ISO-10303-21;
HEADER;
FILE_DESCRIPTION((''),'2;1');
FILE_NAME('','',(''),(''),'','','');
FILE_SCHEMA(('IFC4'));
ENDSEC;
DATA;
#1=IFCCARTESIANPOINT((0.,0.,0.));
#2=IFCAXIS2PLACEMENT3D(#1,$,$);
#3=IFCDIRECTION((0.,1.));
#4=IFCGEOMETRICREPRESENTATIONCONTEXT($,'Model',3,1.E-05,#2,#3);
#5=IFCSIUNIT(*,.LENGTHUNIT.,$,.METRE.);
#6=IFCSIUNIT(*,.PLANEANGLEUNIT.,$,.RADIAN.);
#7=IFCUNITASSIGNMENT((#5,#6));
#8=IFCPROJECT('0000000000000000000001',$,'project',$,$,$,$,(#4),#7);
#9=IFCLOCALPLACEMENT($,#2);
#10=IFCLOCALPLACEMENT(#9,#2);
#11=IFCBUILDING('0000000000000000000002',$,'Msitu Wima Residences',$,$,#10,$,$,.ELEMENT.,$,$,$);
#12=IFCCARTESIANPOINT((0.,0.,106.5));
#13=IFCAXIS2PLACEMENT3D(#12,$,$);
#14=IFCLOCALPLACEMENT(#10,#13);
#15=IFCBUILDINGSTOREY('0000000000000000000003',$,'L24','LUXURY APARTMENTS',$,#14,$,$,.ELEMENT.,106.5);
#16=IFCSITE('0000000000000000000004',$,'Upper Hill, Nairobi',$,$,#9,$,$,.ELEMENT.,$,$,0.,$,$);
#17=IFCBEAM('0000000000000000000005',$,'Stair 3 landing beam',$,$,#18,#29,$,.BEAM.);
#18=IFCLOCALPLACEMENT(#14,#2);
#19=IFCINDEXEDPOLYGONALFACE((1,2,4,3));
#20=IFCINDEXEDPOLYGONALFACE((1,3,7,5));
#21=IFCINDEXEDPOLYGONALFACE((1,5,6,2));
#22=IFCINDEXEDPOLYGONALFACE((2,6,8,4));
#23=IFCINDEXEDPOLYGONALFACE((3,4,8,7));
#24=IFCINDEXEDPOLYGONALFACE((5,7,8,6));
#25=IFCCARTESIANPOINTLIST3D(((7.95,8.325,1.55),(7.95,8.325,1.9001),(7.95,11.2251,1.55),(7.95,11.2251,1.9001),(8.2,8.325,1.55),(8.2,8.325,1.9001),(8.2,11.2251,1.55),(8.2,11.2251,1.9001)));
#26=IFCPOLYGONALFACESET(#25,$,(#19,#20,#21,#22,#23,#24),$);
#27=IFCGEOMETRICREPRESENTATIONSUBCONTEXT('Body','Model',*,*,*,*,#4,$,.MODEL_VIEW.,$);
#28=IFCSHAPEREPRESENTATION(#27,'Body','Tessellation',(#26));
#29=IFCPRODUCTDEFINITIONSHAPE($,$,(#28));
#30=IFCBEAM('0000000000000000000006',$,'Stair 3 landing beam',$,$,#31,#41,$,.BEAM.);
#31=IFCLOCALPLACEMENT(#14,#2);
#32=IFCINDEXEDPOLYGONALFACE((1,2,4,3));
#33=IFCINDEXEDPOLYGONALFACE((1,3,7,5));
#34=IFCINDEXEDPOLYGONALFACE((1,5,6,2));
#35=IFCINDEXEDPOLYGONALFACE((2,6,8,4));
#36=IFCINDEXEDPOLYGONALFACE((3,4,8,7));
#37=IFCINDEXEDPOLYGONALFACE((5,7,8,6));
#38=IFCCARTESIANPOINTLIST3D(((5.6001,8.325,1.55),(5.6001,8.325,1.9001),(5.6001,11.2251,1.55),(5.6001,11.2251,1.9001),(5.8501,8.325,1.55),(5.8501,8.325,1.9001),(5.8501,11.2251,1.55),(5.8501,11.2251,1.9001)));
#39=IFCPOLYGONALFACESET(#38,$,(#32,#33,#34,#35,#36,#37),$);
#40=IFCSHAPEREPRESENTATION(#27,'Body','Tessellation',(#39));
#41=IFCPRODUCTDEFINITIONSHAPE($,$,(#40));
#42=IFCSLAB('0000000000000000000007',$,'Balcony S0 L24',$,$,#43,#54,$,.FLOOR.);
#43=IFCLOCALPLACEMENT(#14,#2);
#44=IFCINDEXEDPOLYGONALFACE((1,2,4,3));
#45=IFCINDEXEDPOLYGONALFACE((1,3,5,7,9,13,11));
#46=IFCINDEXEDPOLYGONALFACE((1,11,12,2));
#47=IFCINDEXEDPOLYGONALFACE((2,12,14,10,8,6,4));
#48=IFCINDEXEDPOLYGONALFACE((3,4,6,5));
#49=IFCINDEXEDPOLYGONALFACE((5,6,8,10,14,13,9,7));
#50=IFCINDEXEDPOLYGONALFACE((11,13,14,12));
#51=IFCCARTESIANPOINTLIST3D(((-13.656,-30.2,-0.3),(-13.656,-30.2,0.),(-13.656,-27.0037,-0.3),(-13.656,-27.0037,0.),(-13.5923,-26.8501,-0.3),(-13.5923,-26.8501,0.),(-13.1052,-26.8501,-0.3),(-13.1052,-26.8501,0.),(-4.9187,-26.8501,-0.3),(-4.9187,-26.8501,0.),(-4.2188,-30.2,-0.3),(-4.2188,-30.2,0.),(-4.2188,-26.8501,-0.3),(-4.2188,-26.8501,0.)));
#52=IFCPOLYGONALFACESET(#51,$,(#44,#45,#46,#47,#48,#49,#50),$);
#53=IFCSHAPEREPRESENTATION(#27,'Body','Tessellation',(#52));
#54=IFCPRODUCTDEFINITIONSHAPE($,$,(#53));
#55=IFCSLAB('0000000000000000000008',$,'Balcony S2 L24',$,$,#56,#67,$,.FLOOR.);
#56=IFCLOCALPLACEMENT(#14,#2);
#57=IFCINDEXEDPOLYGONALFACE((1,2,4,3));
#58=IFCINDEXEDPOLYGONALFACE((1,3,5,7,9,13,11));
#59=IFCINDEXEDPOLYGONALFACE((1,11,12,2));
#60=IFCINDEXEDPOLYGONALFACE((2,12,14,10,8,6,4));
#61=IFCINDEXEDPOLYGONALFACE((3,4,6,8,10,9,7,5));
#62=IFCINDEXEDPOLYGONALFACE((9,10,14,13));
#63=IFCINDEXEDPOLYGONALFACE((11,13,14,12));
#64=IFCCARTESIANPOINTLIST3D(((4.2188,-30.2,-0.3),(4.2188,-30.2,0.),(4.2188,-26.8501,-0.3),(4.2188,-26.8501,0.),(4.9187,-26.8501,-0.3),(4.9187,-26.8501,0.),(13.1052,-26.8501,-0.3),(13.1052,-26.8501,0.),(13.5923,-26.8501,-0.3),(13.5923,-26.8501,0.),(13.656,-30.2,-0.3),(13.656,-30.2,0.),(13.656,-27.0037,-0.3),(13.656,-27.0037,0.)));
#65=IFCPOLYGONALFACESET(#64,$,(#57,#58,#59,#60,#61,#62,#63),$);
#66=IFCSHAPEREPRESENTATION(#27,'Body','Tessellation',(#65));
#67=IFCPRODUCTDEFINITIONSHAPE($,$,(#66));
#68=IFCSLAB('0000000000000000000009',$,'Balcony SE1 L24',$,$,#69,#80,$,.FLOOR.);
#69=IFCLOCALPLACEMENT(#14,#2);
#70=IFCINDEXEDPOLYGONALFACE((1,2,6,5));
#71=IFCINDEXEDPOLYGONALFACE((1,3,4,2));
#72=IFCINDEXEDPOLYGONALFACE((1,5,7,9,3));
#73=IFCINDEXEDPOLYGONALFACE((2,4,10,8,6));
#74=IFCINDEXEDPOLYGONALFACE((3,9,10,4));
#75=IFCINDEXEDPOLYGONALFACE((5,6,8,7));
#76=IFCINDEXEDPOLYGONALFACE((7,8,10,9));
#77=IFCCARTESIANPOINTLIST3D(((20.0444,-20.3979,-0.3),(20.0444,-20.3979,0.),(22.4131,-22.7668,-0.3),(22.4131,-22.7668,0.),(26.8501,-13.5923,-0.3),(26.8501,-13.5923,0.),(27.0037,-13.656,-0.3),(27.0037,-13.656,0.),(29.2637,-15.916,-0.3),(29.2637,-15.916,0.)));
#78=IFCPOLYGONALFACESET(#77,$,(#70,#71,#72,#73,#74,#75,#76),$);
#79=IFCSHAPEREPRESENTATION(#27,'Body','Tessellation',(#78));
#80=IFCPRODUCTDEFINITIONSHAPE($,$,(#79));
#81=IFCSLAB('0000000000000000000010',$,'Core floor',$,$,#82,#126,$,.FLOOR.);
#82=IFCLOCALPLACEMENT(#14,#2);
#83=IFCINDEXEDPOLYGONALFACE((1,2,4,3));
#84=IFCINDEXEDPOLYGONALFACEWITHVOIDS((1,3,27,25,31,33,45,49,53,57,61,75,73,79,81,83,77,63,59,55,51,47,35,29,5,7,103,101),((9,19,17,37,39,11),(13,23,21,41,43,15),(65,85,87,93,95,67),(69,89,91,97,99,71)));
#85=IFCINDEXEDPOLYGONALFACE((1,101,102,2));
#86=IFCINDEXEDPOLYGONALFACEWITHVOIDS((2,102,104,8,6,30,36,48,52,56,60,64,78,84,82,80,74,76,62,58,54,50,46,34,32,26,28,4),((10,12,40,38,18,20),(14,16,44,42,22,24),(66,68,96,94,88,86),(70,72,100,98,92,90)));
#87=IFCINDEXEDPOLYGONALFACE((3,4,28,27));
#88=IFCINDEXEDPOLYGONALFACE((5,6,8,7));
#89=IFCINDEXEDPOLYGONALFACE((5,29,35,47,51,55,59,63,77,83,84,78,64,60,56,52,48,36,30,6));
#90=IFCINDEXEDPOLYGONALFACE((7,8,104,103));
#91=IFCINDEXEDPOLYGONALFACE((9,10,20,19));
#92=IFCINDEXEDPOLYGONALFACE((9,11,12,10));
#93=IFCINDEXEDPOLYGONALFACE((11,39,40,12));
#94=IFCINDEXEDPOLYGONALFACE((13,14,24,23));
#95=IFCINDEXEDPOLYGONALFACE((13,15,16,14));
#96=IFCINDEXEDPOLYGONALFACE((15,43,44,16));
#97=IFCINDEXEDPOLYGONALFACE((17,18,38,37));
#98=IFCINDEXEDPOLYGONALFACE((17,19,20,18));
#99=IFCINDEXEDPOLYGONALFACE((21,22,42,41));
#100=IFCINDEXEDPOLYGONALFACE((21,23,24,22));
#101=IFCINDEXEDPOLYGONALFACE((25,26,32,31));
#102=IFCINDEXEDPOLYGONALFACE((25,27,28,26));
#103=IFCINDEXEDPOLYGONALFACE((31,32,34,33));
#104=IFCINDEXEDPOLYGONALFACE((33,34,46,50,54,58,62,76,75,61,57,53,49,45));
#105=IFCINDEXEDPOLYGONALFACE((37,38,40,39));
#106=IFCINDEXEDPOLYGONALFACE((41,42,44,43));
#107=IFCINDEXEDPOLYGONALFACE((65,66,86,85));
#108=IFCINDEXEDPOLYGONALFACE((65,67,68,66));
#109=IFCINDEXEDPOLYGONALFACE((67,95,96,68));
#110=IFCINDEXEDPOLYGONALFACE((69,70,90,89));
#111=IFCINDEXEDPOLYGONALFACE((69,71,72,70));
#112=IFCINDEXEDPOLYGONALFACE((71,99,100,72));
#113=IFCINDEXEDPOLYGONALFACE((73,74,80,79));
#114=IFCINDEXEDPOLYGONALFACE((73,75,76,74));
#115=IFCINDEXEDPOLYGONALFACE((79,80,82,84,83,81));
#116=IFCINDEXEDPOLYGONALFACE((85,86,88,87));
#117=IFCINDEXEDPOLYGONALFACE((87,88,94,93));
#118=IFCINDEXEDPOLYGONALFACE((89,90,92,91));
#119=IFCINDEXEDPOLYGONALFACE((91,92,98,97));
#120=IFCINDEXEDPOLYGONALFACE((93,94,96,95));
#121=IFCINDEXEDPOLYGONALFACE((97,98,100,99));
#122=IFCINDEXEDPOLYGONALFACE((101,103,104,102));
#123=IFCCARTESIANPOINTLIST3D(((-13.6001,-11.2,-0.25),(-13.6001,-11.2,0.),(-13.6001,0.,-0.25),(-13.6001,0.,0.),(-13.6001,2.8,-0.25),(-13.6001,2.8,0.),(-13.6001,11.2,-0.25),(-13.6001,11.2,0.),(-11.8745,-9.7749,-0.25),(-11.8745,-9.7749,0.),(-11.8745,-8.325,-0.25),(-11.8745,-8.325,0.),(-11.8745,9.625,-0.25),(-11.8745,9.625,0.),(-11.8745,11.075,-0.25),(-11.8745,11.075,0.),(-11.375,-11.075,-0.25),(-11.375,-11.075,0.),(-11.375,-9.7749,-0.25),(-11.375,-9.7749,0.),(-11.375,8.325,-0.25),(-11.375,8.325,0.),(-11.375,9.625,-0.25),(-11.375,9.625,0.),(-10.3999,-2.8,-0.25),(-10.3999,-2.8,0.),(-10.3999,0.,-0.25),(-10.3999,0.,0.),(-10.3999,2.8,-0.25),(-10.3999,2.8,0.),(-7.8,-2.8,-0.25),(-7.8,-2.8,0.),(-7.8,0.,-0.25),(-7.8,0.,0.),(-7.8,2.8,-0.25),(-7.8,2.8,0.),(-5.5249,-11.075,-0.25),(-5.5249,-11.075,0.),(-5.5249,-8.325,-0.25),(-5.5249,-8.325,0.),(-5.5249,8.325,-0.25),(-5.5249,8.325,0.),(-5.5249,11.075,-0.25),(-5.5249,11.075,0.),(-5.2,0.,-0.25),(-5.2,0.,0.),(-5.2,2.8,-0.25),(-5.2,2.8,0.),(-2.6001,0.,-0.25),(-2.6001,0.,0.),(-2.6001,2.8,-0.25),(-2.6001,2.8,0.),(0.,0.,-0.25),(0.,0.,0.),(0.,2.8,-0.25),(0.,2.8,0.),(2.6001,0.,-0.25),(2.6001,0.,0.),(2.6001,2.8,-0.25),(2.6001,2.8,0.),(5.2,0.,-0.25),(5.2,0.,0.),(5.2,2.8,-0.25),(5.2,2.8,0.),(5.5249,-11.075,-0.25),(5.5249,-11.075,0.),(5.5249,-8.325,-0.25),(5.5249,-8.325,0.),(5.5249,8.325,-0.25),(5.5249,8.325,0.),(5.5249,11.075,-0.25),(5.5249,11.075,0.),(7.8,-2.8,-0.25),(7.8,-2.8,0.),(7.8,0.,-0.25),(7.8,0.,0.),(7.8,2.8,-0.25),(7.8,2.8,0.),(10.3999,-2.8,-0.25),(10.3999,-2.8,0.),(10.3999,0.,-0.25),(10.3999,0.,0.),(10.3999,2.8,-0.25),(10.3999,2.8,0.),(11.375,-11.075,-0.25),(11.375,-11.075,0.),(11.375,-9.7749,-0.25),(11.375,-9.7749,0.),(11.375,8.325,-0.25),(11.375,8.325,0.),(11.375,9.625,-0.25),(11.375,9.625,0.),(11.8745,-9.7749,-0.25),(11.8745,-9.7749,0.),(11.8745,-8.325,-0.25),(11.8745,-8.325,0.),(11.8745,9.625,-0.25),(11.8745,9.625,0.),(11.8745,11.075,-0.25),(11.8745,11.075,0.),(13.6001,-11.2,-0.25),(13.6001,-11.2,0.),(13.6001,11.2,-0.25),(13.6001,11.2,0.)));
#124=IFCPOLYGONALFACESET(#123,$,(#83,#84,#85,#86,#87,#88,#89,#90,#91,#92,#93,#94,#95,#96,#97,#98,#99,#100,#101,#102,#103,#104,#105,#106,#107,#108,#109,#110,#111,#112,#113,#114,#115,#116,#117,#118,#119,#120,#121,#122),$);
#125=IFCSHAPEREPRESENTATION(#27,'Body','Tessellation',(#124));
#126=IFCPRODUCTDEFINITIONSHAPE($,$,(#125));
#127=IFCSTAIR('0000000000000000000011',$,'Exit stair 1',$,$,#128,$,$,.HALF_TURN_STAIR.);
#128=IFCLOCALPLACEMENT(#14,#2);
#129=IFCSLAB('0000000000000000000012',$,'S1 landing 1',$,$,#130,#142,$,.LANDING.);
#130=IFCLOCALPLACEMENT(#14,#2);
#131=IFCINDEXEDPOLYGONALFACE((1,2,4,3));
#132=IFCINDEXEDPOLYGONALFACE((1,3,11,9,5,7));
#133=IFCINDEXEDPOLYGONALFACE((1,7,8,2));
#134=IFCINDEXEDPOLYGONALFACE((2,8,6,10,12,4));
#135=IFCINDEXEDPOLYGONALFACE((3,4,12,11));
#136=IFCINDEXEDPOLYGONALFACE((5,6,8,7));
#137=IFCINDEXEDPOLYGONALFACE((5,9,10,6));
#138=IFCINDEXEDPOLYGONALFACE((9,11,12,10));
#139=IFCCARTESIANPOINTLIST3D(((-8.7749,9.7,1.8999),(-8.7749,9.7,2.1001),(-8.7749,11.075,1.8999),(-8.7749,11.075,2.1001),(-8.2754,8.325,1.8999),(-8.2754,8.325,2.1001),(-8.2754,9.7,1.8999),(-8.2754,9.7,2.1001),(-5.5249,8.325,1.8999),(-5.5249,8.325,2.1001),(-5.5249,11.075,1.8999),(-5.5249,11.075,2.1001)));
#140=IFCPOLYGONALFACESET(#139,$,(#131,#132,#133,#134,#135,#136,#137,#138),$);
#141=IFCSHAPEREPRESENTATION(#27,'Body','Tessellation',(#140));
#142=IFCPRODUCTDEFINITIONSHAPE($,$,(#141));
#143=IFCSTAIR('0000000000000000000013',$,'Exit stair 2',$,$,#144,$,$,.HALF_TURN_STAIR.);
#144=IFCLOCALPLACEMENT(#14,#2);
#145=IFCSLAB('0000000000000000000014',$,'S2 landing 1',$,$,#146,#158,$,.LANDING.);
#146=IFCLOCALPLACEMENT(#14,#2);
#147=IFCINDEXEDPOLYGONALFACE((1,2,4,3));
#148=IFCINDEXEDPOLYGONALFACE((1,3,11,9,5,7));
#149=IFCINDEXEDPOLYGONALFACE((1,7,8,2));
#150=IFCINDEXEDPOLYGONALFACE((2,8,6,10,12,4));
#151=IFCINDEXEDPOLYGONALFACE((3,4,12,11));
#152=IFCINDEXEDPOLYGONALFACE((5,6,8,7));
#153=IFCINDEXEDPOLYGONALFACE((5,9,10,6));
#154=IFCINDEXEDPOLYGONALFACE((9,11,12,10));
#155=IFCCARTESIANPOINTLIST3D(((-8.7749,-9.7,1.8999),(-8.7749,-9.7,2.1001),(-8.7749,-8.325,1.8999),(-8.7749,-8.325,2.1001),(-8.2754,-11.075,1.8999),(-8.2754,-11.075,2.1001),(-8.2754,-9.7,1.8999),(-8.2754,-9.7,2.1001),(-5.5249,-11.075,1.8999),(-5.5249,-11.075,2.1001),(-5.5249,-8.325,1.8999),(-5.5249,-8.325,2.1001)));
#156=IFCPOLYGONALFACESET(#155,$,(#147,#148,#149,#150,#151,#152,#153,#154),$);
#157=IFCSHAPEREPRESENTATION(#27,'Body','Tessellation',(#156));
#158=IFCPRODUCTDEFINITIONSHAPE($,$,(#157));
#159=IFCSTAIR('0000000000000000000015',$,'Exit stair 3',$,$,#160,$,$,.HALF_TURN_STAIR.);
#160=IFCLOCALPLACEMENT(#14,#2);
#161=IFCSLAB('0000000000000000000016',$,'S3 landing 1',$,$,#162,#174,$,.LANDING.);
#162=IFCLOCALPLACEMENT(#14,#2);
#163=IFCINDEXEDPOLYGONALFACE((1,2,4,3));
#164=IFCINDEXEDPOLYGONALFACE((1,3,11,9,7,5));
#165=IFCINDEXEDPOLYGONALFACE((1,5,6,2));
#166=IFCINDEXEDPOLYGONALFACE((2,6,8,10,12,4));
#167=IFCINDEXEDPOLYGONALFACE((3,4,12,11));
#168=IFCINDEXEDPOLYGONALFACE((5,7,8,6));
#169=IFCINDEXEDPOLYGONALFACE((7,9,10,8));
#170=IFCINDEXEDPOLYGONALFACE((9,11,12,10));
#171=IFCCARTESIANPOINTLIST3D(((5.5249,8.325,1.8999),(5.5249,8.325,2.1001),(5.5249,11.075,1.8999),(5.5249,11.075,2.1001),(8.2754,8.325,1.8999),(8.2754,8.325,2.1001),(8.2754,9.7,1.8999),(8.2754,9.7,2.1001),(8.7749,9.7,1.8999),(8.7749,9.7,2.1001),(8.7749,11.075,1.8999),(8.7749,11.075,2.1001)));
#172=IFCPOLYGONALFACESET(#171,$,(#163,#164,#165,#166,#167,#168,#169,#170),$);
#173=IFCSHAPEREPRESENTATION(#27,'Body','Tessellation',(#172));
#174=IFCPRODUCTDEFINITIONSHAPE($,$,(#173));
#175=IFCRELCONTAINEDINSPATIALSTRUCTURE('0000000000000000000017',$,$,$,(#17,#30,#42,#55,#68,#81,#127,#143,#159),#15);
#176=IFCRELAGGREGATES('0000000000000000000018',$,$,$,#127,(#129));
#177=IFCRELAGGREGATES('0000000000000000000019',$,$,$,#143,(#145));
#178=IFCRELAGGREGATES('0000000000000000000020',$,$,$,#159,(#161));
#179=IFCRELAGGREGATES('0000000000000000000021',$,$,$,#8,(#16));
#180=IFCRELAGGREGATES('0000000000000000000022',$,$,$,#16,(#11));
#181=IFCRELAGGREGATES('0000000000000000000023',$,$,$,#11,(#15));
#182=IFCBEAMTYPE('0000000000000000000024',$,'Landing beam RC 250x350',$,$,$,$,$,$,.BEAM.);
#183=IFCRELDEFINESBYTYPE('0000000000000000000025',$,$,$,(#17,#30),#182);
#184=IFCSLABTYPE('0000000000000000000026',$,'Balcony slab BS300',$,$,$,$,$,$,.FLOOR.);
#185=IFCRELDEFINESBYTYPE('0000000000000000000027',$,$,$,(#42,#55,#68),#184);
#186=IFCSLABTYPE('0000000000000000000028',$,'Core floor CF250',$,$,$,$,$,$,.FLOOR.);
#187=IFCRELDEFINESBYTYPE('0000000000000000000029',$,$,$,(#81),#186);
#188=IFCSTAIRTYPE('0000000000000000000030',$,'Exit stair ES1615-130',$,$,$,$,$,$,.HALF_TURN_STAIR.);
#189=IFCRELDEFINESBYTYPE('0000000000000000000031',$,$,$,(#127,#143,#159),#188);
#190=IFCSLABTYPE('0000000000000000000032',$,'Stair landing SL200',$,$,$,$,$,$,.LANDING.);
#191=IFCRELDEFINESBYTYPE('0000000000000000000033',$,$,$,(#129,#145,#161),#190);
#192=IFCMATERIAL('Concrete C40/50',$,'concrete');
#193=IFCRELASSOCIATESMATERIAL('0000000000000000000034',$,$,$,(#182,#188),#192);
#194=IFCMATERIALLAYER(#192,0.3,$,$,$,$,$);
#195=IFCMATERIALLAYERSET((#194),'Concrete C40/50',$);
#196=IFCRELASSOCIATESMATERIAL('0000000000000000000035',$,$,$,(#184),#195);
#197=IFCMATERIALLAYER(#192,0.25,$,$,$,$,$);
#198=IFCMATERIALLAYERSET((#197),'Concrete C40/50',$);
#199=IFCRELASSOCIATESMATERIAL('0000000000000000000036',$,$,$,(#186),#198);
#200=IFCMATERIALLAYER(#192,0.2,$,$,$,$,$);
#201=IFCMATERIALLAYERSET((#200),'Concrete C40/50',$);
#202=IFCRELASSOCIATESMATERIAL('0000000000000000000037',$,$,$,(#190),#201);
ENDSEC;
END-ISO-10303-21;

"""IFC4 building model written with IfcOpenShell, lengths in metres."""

from ifc_helpers import new_model, si_unit, direction, frame, origin, origin_2d, place, context, subcontext, project, spatial, polyline, rectangle, outline, extrude, material, layer, layer_set, material_profile, profile_set, type_object, element, aggregate, save


model = new_model("IFC4")

# Units and contexts
model_context = context("Model", 3, precision=1e-05, world=origin(), true_north=direction((0.0, 1.0)))
body_context = subcontext(model_context, "Body", "Model", "MODEL_VIEW")
ifc_project = project(units=[si_unit("LENGTHUNIT", "METRE"), si_unit("PLANEANGLEUNIT", "RADIAN")], contexts=[model_context])

# Site, building, storey
site_placement = place(None, origin())
site = spatial("IfcSite", under=ifc_project, at=site_placement, Name="Upper Hill, Nairobi", CompositionType="ELEMENT", RefElevation=0.0)
building_placement = place(site_placement, origin())
building = spatial("IfcBuilding", under=site, at=building_placement, Name="Msitu Wima Residences", CompositionType="ELEMENT")
storey_placement = place(building_placement, frame((0.0, 0.0, 106.5)))
storey = spatial("IfcBuildingStorey", under=building, at=storey_placement, Name="L24", Description="LUXURY APARTMENTS", CompositionType="ELEMENT", Elevation=106.5)

# Beams
ifc_material_1 = material(Name="Concrete C40/50", Category="concrete")
ifc_material_profile = material_profile(ifc_material_1, rectangle(XDim=0.25, YDim=0.3501, at=origin_2d()), Name="RC 250x350")
ifc_profile_set = profile_set([ifc_material_profile], Name="Concrete C40/50")
beam_type = type_object("IfcBeamType", Name="Landing beam RC 250x350", PredefinedType="BEAM", material=ifc_profile_set)
for number, where, z_axis, x_axis, name in (
    (1, (8.075, 8.325, 1.7251), (0.0, 1.0, 0.0), (-1.0, 0.0, 0.0), "Stair 3 landing beam"),
    (2, (5.7251, 8.325, 1.7251), (0.0, 1.0, 0.0), (-1.0, 0.0, 0.0), "Stair 3 landing beam"),
):
    element("IfcBeam", number, at=place(storey_placement, frame(where, z_axis=z_axis, x_axis=x_axis)), inside=storey, type_object=beam_type, Name=name, PredefinedType="BEAM", context=body_context, shape_type="SweptSolid", body=[
        extrude(rectangle(XDim=0.25, YDim=0.3501, at=origin_2d()), origin(), (0.0, 0.0, 1.0), 2.9001),
    ])

# Slabs
ifc_layer_1 = layer(ifc_material_1, 0.3)
ifc_layer_set_1 = layer_set([ifc_layer_1], Name="Concrete C40/50")
slab_type_1 = type_object("IfcSlabType", Name="Balcony slab BS300", PredefinedType="FLOOR", material=ifc_layer_set_1)
slab_1_placement = place(storey_placement, frame((0.0, 0.0, -0.3)))
element("IfcSlab", 3, at=slab_1_placement, inside=storey, type_object=slab_type_1, Name="Balcony S0 L24", PredefinedType="FLOOR", context=body_context, shape_type="SweptSolid", body=[
    extrude(outline(polyline([(-13.1052, -26.8501), (-13.1052, -26.8501), (-4.9187, -26.8501), (-4.9187, -26.8501), (-4.2188, -26.8501), (-4.2188, -30.2), (-13.656, -30.2), (-13.656, -27.0037), (-13.5923, -26.8501), (-13.1052, -26.8501), (-13.1052, -26.8501)])), origin(), (0.0, 0.0, 1.0), 0.3),
])
slab_2_placement = place(storey_placement, frame((0.0, 0.0, -0.3)))
element("IfcSlab", 4, at=slab_2_placement, inside=storey, type_object=slab_type_1, Name="Balcony S2 L24", PredefinedType="FLOOR", context=body_context, shape_type="SweptSolid", body=[
    extrude(outline(polyline([(13.1052, -26.8501), (13.1052, -26.8501), (13.5923, -26.8501), (13.656, -27.0037), (13.656, -30.2), (4.2188, -30.2), (4.2188, -26.8501), (4.9187, -26.8501), (4.9187, -26.8501), (13.1052, -26.8501), (13.1052, -26.8501)])), origin(), (0.0, 0.0, 1.0), 0.3),
])
slab_3_placement = place(storey_placement, frame((0.0, 0.0, -0.3)))
element("IfcSlab", 5, at=slab_3_placement, inside=storey, type_object=slab_type_1, Name="Balcony SE1 L24", PredefinedType="FLOOR", context=body_context, shape_type="SweptSolid", body=[
    extrude(outline(polyline([(29.2637, -15.916), (22.4131, -22.7668), (20.0444, -20.3979), (26.8501, -13.5923), (27.0037, -13.656), (29.2637, -15.916)])), origin(), (0.0, 0.0, 1.0), 0.3),
])
ifc_layer_2 = layer(ifc_material_1, 0.25)
ifc_layer_set_2 = layer_set([ifc_layer_2], Name="Concrete C40/50")
slab_type_2 = type_object("IfcSlabType", Name="Core floor CF250", PredefinedType="FLOOR", material=ifc_layer_set_2)
slab_4_placement = place(storey_placement, frame((0.0, 0.0, -0.25)))
element("IfcSlab", 6, at=slab_4_placement, inside=storey, type_object=slab_type_2, Name="Core floor", PredefinedType="FLOOR", context=body_context, shape_type="SweptSolid", body=[
    extrude(outline(polyline([(-13.6001, 11.2), (-13.6001, 2.8), (-10.3999, 2.8), (-7.8, 2.8), (-5.2, 2.8), (-2.6001, 2.8), (0.0, 2.8), (2.6001, 2.8), (5.2, 2.8), (7.8, 2.8), (10.3999, 2.8), (10.3999, 0.0), (10.3999, -2.8), (7.8, -2.8), (7.8, 0.0), (5.2, 0.0), (2.6001, 0.0), (0.0, 0.0), (-2.6001, 0.0), (-5.2, 0.0), (-7.8, 0.0), (-7.8, -2.8), (-10.3999, -2.8), (-10.3999, 0.0), (-13.6001, 0.0), (-13.6001, -11.2), (13.6001, -11.2), (13.6001, 11.2), (-13.6001, 11.2)]), holes=[polyline([(-11.375, -11.075), (-11.375, -9.7749), (-11.8745, -9.7749), (-11.8745, -8.325), (-5.5249, -8.325), (-5.5249, -11.075), (-11.375, -11.075)]), polyline([(-11.375, 9.625), (-11.8745, 9.625), (-11.8745, 11.075), (-5.5249, 11.075), (-5.5249, 8.325), (-11.375, 8.325), (-11.375, 9.625)]), polyline([(11.375, -9.7749), (11.375, -11.075), (5.5249, -11.075), (5.5249, -8.325), (11.8745, -8.325), (11.8745, -9.7749), (11.375, -9.7749)]), polyline([(11.375, 9.625), (11.375, 8.325), (5.5249, 8.325), (5.5249, 11.075), (11.8745, 11.075), (11.8745, 9.625), (11.375, 9.625)])]), origin(), (0.0, 0.0, 1.0), 0.25),
])

# Stairs, slabs
stair_type = type_object("IfcStairType", Name="Exit stair ES1615-130", PredefinedType="HALF_TURN_STAIR", material=ifc_material_1)
stair_1_placement = place(storey_placement, origin())
stair_1 = element("IfcStair", 7, at=stair_1_placement, inside=storey, type_object=stair_type, Name="Exit stair 1", PredefinedType="HALF_TURN_STAIR")
ifc_layer_3 = layer(ifc_material_1, 0.2)
ifc_layer_set_3 = layer_set([ifc_layer_3], Name="Concrete C40/50")
slab_type_3 = type_object("IfcSlabType", Name="Stair landing SL200", PredefinedType="LANDING", material=ifc_layer_set_3)
slab_5_placement = place(storey_placement, frame((0.0, 0.0, 1.8999)))
slab_5 = element("IfcSlab", 8, at=slab_5_placement, type_object=slab_type_3, Name="S1 landing 1", PredefinedType="LANDING", context=body_context, shape_type="SweptSolid", body=[
    extrude(outline(polyline([(-5.5249, 8.325), (-8.2754, 8.325), (-8.2754, 9.7), (-8.7749, 9.7), (-8.7749, 11.075), (-5.5249, 11.075), (-5.5249, 8.325)])), origin(), (0.0, 0.0, 1.0), 0.2002),
])
aggregate(stair_1, [slab_5])
stair_2_placement = place(storey_placement, origin())
stair_2 = element("IfcStair", 9, at=stair_2_placement, inside=storey, type_object=stair_type, Name="Exit stair 2", PredefinedType="HALF_TURN_STAIR")
slab_6_placement = place(storey_placement, frame((0.0, 0.0, 1.8999)))
slab_6 = element("IfcSlab", 10, at=slab_6_placement, type_object=slab_type_3, Name="S2 landing 1", PredefinedType="LANDING", context=body_context, shape_type="SweptSolid", body=[
    extrude(outline(polyline([(-5.5249, -11.075), (-8.2754, -11.075), (-8.2754, -9.7), (-8.7749, -9.7), (-8.7749, -8.325), (-5.5249, -8.325), (-5.5249, -11.075)])), origin(), (0.0, 0.0, 1.0), 0.2002),
])
aggregate(stair_2, [slab_6])
stair_3_placement = place(storey_placement, origin())
stair_3 = element("IfcStair", 11, at=stair_3_placement, inside=storey, type_object=stair_type, Name="Exit stair 3", PredefinedType="HALF_TURN_STAIR")
slab_7_placement = place(storey_placement, frame((0.0, 0.0, 1.8999)))
slab_7 = element("IfcSlab", 12, at=slab_7_placement, type_object=slab_type_3, Name="S3 landing 1", PredefinedType="LANDING", context=body_context, shape_type="SweptSolid", body=[
    extrude(outline(polyline([(5.5249, 8.325), (8.2754, 8.325), (8.2754, 9.7), (8.7749, 9.7), (8.7749, 11.075), (5.5249, 11.075), (5.5249, 8.325)])), origin(), (0.0, 0.0, 1.0), 0.2002),
])

aggregate(stair_3, [slab_7])

save(model, "model.ifc")
